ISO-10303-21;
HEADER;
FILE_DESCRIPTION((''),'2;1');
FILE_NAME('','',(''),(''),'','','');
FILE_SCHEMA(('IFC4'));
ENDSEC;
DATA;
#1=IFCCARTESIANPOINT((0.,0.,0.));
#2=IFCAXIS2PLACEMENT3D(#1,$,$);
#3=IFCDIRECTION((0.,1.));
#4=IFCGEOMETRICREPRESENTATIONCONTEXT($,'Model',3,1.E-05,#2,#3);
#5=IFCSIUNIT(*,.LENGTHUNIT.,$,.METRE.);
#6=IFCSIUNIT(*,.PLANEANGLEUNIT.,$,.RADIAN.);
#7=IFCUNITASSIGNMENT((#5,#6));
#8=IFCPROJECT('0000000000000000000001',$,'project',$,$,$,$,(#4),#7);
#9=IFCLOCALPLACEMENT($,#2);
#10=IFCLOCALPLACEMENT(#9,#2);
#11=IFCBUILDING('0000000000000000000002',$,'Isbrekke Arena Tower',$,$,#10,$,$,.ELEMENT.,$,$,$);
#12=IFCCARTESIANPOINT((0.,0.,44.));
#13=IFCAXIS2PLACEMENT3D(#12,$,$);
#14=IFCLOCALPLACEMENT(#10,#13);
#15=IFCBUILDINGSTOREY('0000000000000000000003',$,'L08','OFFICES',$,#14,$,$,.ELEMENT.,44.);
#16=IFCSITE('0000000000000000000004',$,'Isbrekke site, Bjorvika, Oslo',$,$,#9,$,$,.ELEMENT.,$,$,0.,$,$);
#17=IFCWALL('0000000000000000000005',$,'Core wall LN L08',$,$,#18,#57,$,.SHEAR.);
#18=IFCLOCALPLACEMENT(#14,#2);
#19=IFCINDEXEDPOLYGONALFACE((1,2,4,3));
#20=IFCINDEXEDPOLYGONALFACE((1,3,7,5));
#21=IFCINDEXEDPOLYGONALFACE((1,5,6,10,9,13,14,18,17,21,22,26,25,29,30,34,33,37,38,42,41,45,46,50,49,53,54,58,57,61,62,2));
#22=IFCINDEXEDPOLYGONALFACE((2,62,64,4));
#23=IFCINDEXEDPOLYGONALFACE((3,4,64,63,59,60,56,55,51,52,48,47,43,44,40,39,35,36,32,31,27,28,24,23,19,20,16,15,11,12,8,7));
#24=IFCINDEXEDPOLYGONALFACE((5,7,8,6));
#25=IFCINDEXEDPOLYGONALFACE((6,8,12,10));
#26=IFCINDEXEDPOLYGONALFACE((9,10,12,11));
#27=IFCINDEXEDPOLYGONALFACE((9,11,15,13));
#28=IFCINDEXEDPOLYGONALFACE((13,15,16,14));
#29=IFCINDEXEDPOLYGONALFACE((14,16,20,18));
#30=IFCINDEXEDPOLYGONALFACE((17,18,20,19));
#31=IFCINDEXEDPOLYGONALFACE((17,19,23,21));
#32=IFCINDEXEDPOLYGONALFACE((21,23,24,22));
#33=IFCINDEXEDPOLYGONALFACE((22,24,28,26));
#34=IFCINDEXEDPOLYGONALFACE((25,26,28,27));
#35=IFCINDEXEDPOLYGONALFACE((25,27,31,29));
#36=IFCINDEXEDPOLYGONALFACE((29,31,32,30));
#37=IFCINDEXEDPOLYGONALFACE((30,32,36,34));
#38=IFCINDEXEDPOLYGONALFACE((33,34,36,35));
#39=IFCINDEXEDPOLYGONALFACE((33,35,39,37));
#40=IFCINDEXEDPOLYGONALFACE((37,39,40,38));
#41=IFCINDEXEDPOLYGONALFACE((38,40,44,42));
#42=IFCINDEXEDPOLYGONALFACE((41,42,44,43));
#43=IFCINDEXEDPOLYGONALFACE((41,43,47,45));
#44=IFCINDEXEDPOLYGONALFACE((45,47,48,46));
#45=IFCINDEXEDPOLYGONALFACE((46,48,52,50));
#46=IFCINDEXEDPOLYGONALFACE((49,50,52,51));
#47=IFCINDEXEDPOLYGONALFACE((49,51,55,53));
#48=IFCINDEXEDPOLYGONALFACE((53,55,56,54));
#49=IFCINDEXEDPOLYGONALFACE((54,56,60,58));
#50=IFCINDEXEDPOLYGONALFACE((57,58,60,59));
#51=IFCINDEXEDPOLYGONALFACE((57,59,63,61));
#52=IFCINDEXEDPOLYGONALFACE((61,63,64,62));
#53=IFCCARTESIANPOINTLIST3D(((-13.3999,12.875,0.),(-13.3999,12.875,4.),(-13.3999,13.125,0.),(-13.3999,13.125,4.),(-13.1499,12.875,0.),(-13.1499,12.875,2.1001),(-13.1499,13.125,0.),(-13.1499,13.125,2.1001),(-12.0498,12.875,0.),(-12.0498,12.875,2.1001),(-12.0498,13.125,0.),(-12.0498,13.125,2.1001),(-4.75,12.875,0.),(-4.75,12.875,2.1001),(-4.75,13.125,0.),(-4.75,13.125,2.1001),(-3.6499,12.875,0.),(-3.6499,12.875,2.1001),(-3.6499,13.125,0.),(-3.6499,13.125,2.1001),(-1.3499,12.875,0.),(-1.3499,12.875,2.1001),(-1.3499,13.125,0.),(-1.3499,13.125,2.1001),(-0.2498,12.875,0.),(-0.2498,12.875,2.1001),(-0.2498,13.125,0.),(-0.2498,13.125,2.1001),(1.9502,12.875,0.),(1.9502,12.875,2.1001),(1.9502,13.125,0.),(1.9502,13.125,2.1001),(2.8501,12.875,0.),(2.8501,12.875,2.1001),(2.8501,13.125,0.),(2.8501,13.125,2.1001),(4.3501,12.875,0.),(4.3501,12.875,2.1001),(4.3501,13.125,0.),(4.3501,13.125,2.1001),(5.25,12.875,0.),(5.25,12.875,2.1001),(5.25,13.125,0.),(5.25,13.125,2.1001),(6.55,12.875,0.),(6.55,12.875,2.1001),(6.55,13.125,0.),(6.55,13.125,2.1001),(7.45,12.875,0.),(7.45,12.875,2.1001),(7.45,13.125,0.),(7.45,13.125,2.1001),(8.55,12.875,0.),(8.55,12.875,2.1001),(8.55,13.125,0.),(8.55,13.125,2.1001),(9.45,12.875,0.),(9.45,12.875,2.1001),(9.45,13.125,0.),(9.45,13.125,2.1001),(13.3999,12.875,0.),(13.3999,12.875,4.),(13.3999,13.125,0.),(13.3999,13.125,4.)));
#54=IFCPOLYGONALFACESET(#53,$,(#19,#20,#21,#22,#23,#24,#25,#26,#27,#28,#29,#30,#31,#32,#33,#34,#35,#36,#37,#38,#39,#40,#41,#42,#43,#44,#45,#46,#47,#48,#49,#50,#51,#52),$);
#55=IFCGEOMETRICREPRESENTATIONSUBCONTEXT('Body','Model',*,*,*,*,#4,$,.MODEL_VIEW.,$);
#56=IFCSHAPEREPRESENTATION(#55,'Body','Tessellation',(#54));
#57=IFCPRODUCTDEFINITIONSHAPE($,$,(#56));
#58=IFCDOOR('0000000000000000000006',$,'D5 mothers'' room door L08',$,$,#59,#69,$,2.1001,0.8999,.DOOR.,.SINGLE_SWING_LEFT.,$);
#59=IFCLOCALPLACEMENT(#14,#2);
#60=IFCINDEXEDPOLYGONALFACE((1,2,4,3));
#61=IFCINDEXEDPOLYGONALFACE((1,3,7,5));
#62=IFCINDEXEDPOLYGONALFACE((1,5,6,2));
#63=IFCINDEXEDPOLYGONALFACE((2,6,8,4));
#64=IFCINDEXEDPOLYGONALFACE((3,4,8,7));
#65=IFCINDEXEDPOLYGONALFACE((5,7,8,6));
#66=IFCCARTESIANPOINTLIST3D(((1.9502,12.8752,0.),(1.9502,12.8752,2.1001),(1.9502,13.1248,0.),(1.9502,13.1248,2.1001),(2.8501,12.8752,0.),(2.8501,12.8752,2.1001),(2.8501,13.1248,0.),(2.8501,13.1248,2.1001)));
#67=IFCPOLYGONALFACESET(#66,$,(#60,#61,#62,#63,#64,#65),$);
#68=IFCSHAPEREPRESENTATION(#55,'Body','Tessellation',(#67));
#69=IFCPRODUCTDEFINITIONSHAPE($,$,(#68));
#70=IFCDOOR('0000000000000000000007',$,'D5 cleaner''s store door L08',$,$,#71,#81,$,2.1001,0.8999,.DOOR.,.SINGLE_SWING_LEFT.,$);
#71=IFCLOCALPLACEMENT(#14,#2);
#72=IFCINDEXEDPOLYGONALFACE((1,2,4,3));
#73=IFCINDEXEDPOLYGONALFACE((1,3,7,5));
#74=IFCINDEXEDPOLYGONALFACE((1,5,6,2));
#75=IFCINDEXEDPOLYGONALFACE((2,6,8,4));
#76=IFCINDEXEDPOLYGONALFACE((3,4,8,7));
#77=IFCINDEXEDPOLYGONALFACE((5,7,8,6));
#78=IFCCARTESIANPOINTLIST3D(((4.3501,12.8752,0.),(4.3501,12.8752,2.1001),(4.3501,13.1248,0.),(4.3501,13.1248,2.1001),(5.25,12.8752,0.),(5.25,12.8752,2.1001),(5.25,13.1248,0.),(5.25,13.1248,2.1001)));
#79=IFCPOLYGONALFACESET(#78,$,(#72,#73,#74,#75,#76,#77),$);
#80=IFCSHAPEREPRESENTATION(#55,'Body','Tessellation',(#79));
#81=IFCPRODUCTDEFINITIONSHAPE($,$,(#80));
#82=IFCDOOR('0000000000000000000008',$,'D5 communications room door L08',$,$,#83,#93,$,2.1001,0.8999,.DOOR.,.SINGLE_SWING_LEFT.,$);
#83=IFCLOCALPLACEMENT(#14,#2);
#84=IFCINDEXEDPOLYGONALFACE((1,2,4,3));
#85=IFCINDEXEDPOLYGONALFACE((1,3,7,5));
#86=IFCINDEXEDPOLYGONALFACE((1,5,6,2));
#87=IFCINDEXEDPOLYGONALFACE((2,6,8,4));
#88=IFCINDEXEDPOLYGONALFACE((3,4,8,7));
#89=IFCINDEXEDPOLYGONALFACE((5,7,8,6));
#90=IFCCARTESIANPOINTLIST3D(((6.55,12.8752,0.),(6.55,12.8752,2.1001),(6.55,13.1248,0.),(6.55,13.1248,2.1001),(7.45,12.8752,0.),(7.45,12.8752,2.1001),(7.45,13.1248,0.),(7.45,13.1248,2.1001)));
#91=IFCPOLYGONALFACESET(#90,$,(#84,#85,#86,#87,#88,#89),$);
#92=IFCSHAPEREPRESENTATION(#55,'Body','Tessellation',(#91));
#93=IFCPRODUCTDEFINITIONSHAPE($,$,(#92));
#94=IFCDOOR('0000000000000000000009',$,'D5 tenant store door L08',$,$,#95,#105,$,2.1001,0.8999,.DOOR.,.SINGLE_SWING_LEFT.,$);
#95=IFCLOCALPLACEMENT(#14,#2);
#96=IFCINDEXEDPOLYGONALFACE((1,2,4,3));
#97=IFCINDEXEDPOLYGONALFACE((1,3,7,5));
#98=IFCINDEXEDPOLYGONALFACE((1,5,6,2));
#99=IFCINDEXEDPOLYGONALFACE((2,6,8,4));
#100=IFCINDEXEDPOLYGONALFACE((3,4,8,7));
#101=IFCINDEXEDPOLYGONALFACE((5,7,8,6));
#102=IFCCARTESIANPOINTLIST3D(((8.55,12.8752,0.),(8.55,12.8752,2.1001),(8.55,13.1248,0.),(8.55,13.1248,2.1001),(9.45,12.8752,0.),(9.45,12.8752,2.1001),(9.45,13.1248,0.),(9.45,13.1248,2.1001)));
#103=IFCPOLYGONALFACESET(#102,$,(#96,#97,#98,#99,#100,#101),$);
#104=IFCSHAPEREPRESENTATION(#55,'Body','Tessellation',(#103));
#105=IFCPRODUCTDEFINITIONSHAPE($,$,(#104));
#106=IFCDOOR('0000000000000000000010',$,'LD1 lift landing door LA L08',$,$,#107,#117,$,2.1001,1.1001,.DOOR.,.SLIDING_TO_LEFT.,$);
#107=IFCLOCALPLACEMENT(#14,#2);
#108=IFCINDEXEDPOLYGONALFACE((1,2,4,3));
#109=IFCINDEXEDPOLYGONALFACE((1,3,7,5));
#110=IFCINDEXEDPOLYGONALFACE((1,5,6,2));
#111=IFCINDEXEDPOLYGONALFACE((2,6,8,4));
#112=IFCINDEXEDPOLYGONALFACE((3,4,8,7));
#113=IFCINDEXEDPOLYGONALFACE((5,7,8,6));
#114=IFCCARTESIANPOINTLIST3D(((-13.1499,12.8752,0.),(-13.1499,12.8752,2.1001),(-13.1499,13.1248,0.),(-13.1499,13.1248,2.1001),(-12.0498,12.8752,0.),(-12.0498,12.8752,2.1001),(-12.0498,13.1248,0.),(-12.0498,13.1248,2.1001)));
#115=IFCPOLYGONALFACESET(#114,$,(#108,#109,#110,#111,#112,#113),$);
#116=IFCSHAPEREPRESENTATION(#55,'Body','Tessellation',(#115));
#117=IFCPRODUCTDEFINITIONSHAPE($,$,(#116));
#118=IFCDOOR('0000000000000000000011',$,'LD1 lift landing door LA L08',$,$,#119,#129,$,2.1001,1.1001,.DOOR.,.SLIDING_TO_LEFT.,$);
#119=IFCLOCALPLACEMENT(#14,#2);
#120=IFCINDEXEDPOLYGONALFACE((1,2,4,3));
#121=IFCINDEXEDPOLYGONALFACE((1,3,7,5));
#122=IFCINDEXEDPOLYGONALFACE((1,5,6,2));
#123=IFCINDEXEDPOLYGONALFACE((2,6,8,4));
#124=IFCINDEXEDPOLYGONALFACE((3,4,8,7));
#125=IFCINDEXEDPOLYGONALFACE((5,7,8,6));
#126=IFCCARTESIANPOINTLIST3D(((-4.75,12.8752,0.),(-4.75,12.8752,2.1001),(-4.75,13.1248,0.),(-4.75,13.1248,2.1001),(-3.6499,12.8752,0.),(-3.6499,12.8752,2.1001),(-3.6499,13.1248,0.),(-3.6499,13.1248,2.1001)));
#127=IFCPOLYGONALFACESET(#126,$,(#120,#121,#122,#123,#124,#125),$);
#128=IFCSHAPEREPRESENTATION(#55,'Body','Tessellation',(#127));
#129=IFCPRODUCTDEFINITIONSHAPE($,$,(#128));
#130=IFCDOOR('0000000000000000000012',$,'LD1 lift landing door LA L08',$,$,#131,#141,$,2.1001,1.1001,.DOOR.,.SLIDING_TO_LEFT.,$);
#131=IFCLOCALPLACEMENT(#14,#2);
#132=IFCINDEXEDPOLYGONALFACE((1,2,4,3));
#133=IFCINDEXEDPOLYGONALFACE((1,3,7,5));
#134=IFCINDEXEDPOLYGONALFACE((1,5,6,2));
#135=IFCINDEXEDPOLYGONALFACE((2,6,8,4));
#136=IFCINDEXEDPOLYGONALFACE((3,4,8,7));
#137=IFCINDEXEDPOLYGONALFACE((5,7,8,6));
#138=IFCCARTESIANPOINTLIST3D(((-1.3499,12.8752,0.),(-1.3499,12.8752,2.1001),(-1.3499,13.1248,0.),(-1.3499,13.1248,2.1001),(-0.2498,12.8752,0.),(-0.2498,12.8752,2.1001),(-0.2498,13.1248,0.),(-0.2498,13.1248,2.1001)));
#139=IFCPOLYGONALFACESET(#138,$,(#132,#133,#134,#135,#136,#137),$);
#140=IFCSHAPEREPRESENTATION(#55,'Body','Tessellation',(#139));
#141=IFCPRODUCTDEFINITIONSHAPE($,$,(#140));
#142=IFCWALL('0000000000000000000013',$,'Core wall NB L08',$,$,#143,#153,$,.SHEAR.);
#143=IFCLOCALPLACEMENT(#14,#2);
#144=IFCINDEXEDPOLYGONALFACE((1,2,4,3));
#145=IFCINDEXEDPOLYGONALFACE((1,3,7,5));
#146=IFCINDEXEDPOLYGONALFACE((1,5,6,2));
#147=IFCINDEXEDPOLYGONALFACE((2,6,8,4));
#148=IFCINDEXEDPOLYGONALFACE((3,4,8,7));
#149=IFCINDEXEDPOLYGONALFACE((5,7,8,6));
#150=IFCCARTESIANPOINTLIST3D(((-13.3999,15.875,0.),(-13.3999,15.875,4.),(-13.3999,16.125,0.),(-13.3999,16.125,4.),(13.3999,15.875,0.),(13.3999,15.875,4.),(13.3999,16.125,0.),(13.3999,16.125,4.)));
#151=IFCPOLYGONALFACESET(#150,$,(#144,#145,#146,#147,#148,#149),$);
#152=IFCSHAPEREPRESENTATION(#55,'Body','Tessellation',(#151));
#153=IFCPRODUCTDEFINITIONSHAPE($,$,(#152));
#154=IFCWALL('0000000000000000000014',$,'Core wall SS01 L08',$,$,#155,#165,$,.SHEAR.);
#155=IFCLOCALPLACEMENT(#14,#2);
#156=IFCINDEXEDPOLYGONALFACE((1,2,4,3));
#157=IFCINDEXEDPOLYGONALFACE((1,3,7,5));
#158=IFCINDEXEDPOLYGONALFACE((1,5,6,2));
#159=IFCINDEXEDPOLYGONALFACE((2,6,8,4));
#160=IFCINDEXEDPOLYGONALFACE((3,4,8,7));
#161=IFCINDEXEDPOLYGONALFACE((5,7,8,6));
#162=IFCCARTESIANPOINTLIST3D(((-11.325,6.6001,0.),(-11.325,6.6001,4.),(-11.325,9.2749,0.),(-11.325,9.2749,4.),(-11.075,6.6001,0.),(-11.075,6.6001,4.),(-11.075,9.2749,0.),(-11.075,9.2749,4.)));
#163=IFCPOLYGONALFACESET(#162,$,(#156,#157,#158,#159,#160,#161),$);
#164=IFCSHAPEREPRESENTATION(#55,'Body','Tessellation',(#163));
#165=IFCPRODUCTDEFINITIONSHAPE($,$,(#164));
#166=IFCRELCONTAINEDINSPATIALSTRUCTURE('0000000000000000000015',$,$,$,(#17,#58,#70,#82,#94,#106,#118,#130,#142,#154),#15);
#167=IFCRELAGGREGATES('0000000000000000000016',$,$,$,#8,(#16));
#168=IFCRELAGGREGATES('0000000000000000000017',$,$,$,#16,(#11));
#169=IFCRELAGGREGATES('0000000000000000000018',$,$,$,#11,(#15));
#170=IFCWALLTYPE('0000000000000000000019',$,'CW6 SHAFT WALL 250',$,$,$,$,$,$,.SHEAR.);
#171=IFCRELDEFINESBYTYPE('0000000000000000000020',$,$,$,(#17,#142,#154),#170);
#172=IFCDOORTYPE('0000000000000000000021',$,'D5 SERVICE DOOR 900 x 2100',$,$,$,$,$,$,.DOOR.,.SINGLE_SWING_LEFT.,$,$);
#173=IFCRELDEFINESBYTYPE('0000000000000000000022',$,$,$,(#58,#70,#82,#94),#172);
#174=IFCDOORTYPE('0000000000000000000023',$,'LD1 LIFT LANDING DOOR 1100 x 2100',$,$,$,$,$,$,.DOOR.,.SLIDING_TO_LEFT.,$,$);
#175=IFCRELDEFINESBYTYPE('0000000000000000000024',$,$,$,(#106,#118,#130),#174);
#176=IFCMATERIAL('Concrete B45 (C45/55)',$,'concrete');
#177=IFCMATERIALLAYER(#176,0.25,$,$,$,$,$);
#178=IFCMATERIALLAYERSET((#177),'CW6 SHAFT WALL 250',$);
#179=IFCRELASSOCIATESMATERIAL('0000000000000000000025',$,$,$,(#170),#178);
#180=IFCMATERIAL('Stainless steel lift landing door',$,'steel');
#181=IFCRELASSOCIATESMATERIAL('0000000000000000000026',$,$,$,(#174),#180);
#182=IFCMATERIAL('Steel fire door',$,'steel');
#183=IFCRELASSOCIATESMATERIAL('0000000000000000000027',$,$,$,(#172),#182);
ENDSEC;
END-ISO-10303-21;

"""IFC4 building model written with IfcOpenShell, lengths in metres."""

from ifc_helpers import new_model, si_unit, direction, frame, frame_2d, origin, place, context, subcontext, project, spatial, rectangle, extrude, material, layer, layer_set, type_object, element, fill, save


model = new_model("IFC4")

# Units and contexts
model_context = context("Model", 3, precision=1e-05, world=origin(), true_north=direction((0.0, 1.0)))
body_context = subcontext(model_context, "Body", "Model", "MODEL_VIEW")
ifc_project = project(units=[si_unit("LENGTHUNIT", "METRE"), si_unit("PLANEANGLEUNIT", "RADIAN")], contexts=[model_context])

# Site, building, storey
site_placement = place(None, origin())
site = spatial("IfcSite", under=ifc_project, at=site_placement, Name="Isbrekke site, Bjorvika, Oslo", CompositionType="ELEMENT", RefElevation=0.0)
building_placement = place(site_placement, origin())
building = spatial("IfcBuilding", under=site, at=building_placement, Name="Isbrekke Arena Tower", CompositionType="ELEMENT")
storey_placement = place(building_placement, frame((0.0, 0.0, 44.0)))
storey = spatial("IfcBuildingStorey", under=building, at=storey_placement, Name="L08", Description="OFFICES", CompositionType="ELEMENT", Elevation=44.0)

# Wall, openings, doors
ifc_material_1 = material(Name="Concrete B45 (C45/55)", Category="concrete")
ifc_layer_1 = layer(ifc_material_1, 0.25)
ifc_layer_set_1 = layer_set([ifc_layer_1], Name="CW6 SHAFT WALL 250")
wall_type_1 = type_object("IfcWallType", Name="CW6 SHAFT WALL 250", PredefinedType="SHEAR", material=ifc_layer_set_1)
ifc_material_2 = material(Name="Stainless steel lift landing door", Category="steel")
door_type_1 = type_object("IfcDoorType", Name="LD1 LIFT LANDING DOOR 1100 x 2100", OperationType="SLIDING_TO_LEFT", PredefinedType="DOOR", material=ifc_material_2)
wall_1_placement = place(storey_placement, frame((-13.3999, 13.0, 0.0), z_axis=(0.0, 0.0, 1.0), x_axis=(1.0, 0.0, 0.0)))
wall_1 = element("IfcWall", 1, at=wall_1_placement, inside=storey, type_object=wall_type_1, Name="Core wall LN L08", PredefinedType="SHEAR", context=body_context, shape_type="SweptSolid", body=[
    extrude(rectangle(XDim=26.7998, YDim=0.25, at=frame_2d((13.3999, 0.0))), origin(), (0.0, 0.0, 1.0), 4.0),
])
opening_1_placement = place(wall_1_placement, frame((0.25, 0.0, 0.0)))
opening_1 = element("IfcOpeningElement", 2, at=opening_1_placement, cuts=wall_1, PredefinedType="OPENING", context=body_context, shape_type="SweptSolid", body=[
    extrude(rectangle(XDim=1.1001, YDim=2.1001, at=frame_2d((0.55, 1.05))), frame((0.0, 0.1399, 0.0), z_axis=(0.0, -1.0, 0.0), x_axis=(1.0, 0.0, 0.0)), (0.0, 0.0, 1.0), 0.2798),
])
opening_2_placement = place(wall_1_placement, frame((8.6499, 0.0, 0.0)))
opening_2 = element("IfcOpeningElement", 3, at=opening_2_placement, cuts=wall_1, PredefinedType="OPENING", context=body_context, shape_type="SweptSolid", body=[
    extrude(rectangle(XDim=1.1001, YDim=2.1001, at=frame_2d((0.55, 1.05))), frame((0.0, 0.1399, 0.0), z_axis=(0.0, -1.0, 0.0), x_axis=(1.0, 0.0, 0.0)), (0.0, 0.0, 1.0), 0.2798),
])
opening_3_placement = place(wall_1_placement, frame((12.05, 0.0, 0.0)))
opening_3 = element("IfcOpeningElement", 4, at=opening_3_placement, cuts=wall_1, PredefinedType="OPENING", context=body_context, shape_type="SweptSolid", body=[
    extrude(rectangle(XDim=1.1001, YDim=2.1001, at=frame_2d((0.55, 1.05))), frame((0.0, 0.1399, 0.0), z_axis=(0.0, -1.0, 0.0), x_axis=(1.0, 0.0, 0.0)), (0.0, 0.0, 1.0), 0.2798),
])
opening_4_placement = place(wall_1_placement, frame((15.3501, 0.0, 0.0)))
opening_4 = element("IfcOpeningElement", 5, at=opening_4_placement, cuts=wall_1, PredefinedType="OPENING", context=body_context, shape_type="SweptSolid", body=[
    extrude(rectangle(XDim=0.8999, YDim=2.1001, at=frame_2d((0.45, 1.05))), frame((0.0, 0.1399, 0.0), z_axis=(0.0, -1.0, 0.0), x_axis=(1.0, 0.0, 0.0)), (0.0, 0.0, 1.0), 0.2798),
])
opening_5_placement = place(wall_1_placement, frame((17.75, 0.0, 0.0)))
opening_5 = element("IfcOpeningElement", 6, at=opening_5_placement, cuts=wall_1, PredefinedType="OPENING", context=body_context, shape_type="SweptSolid", body=[
    extrude(rectangle(XDim=0.8999, YDim=2.1001, at=frame_2d((0.45, 1.05))), frame((0.0, 0.1399, 0.0), z_axis=(0.0, -1.0, 0.0), x_axis=(1.0, 0.0, 0.0)), (0.0, 0.0, 1.0), 0.2798),
])
opening_6_placement = place(wall_1_placement, frame((19.95, 0.0, 0.0)))
opening_6 = element("IfcOpeningElement", 7, at=opening_6_placement, cuts=wall_1, PredefinedType="OPENING", context=body_context, shape_type="SweptSolid", body=[
    extrude(rectangle(XDim=0.8999, YDim=2.1001, at=frame_2d((0.45, 1.05))), frame((0.0, 0.1399, 0.0), z_axis=(0.0, -1.0, 0.0), x_axis=(1.0, 0.0, 0.0)), (0.0, 0.0, 1.0), 0.2798),
])
opening_7_placement = place(wall_1_placement, frame((21.95, 0.0, 0.0)))
opening_7 = element("IfcOpeningElement", 8, at=opening_7_placement, cuts=wall_1, PredefinedType="OPENING", context=body_context, shape_type="SweptSolid", body=[
    extrude(rectangle(XDim=0.8999, YDim=2.1001, at=frame_2d((0.45, 1.05))), frame((0.0, 0.1399, 0.0), z_axis=(0.0, -1.0, 0.0), x_axis=(1.0, 0.0, 0.0)), (0.0, 0.0, 1.0), 0.2798),
])
ifc_material_3 = material(Name="Steel fire door", Category="steel")
door_type_2 = type_object("IfcDoorType", Name="D5 SERVICE DOOR 900 x 2100", OperationType="SINGLE_SWING_LEFT", PredefinedType="DOOR", material=ifc_material_3)
door_1_placement = place(opening_4_placement, origin())
door_1 = element("IfcDoor", 9, at=door_1_placement, inside=storey, type_object=door_type_2, Name="D5 mothers' room door L08", OperationType="SINGLE_SWING_LEFT", OverallHeight=2.1001, OverallWidth=0.8999, PredefinedType="DOOR", context=body_context, shape_type="SweptSolid", body=[
    extrude(rectangle(XDim=0.8999, YDim=2.1001, at=frame_2d((0.45, 1.05))), frame((0.0, 0.1248, 0.0), z_axis=(0.0, -1.0, 0.0), x_axis=(1.0, 0.0, 0.0)), (0.0, 0.0, 1.0), 0.2495),
])
fill(opening_4, door_1)
door_2_placement = place(opening_5_placement, origin())
door_2 = element("IfcDoor", 10, at=door_2_placement, inside=storey, type_object=door_type_2, Name="D5 cleaner's store door L08", OperationType="SINGLE_SWING_LEFT", OverallHeight=2.1001, OverallWidth=0.8999, PredefinedType="DOOR", context=body_context, shape_type="SweptSolid", body=[
    extrude(rectangle(XDim=0.8999, YDim=2.1001, at=frame_2d((0.45, 1.05))), frame((0.0, 0.1248, 0.0), z_axis=(0.0, -1.0, 0.0), x_axis=(1.0, 0.0, 0.0)), (0.0, 0.0, 1.0), 0.2495),
])
fill(opening_5, door_2)
door_3_placement = place(opening_6_placement, origin())
door_3 = element("IfcDoor", 11, at=door_3_placement, inside=storey, type_object=door_type_2, Name="D5 communications room door L08", OperationType="SINGLE_SWING_LEFT", OverallHeight=2.1001, OverallWidth=0.8999, PredefinedType="DOOR", context=body_context, shape_type="SweptSolid", body=[
    extrude(rectangle(XDim=0.8999, YDim=2.1001, at=frame_2d((0.45, 1.05))), frame((0.0, 0.1248, 0.0), z_axis=(0.0, -1.0, 0.0), x_axis=(1.0, 0.0, 0.0)), (0.0, 0.0, 1.0), 0.2495),
])
fill(opening_6, door_3)
door_4_placement = place(opening_7_placement, origin())
door_4 = element("IfcDoor", 12, at=door_4_placement, inside=storey, type_object=door_type_2, Name="D5 tenant store door L08", OperationType="SINGLE_SWING_LEFT", OverallHeight=2.1001, OverallWidth=0.8999, PredefinedType="DOOR", context=body_context, shape_type="SweptSolid", body=[
    extrude(rectangle(XDim=0.8999, YDim=2.1001, at=frame_2d((0.45, 1.05))), frame((0.0, 0.1248, 0.0), z_axis=(0.0, -1.0, 0.0), x_axis=(1.0, 0.0, 0.0)), (0.0, 0.0, 1.0), 0.2495),
])
fill(opening_7, door_4)
door_5_placement = place(opening_1_placement, origin())
door_5 = element("IfcDoor", 13, at=door_5_placement, inside=storey, type_object=door_type_1, Name="LD1 lift landing door LA L08", OperationType="SLIDING_TO_LEFT", OverallHeight=2.1001, OverallWidth=1.1001, PredefinedType="DOOR", context=body_context, shape_type="SweptSolid", body=[
    extrude(rectangle(XDim=1.1001, YDim=2.1001, at=frame_2d((0.55, 1.05))), frame((0.0, 0.1248, 0.0), z_axis=(0.0, -1.0, 0.0), x_axis=(1.0, 0.0, 0.0)), (0.0, 0.0, 1.0), 0.2495),
])
fill(opening_1, door_5)
door_6_placement = place(opening_2_placement, origin())
door_6 = element("IfcDoor", 14, at=door_6_placement, inside=storey, type_object=door_type_1, Name="LD1 lift landing door LA L08", OperationType="SLIDING_TO_LEFT", OverallHeight=2.1001, OverallWidth=1.1001, PredefinedType="DOOR", context=body_context, shape_type="SweptSolid", body=[
    extrude(rectangle(XDim=1.1001, YDim=2.1001, at=frame_2d((0.55, 1.05))), frame((0.0, 0.1248, 0.0), z_axis=(0.0, -1.0, 0.0), x_axis=(1.0, 0.0, 0.0)), (0.0, 0.0, 1.0), 0.2495),
])
fill(opening_2, door_6)
door_7_placement = place(opening_3_placement, origin())
door_7 = element("IfcDoor", 15, at=door_7_placement, inside=storey, type_object=door_type_1, Name="LD1 lift landing door LA L08", OperationType="SLIDING_TO_LEFT", OverallHeight=2.1001, OverallWidth=1.1001, PredefinedType="DOOR", context=body_context, shape_type="SweptSolid", body=[
    extrude(rectangle(XDim=1.1001, YDim=2.1001, at=frame_2d((0.55, 1.05))), frame((0.0, 0.1248, 0.0), z_axis=(0.0, -1.0, 0.0), x_axis=(1.0, 0.0, 0.0)), (0.0, 0.0, 1.0), 0.2495),
])
fill(opening_3, door_7)

# Walls
wall_2_placement = place(storey_placement, frame((-13.3999, 16.0, 0.0), z_axis=(0.0, 0.0, 1.0), x_axis=(1.0, 0.0, 0.0)))
element("IfcWall", 16, at=wall_2_placement, inside=storey, type_object=wall_type_1, Name="Core wall NB L08", PredefinedType="SHEAR", context=body_context, shape_type="SweptSolid", body=[
    extrude(rectangle(XDim=26.7998, YDim=0.25, at=frame_2d((13.3999, 0.0))), origin(), (0.0, 0.0, 1.0), 4.0),
])
for number, where, z_axis, x_axis, name in (
    (17, (-11.2, 6.6001, 0.0), (0.0, 0.0, 1.0), (0.0, 1.0, 0.0), "Core wall SS01 L08"),
):
    element("IfcWall", number, at=place(storey_placement, frame(where, z_axis=z_axis, x_axis=x_axis)), inside=storey, type_object=wall_type_1, Name=name, PredefinedType="SHEAR", context=body_context, shape_type="SweptSolid", body=[
        extrude(rectangle(XDim=2.6748, YDim=0.25, at=frame_2d((1.3374, 0.0))), origin(), (0.0, 0.0, 1.0), 4.0),
    ])

save(model, "model.ifc")
